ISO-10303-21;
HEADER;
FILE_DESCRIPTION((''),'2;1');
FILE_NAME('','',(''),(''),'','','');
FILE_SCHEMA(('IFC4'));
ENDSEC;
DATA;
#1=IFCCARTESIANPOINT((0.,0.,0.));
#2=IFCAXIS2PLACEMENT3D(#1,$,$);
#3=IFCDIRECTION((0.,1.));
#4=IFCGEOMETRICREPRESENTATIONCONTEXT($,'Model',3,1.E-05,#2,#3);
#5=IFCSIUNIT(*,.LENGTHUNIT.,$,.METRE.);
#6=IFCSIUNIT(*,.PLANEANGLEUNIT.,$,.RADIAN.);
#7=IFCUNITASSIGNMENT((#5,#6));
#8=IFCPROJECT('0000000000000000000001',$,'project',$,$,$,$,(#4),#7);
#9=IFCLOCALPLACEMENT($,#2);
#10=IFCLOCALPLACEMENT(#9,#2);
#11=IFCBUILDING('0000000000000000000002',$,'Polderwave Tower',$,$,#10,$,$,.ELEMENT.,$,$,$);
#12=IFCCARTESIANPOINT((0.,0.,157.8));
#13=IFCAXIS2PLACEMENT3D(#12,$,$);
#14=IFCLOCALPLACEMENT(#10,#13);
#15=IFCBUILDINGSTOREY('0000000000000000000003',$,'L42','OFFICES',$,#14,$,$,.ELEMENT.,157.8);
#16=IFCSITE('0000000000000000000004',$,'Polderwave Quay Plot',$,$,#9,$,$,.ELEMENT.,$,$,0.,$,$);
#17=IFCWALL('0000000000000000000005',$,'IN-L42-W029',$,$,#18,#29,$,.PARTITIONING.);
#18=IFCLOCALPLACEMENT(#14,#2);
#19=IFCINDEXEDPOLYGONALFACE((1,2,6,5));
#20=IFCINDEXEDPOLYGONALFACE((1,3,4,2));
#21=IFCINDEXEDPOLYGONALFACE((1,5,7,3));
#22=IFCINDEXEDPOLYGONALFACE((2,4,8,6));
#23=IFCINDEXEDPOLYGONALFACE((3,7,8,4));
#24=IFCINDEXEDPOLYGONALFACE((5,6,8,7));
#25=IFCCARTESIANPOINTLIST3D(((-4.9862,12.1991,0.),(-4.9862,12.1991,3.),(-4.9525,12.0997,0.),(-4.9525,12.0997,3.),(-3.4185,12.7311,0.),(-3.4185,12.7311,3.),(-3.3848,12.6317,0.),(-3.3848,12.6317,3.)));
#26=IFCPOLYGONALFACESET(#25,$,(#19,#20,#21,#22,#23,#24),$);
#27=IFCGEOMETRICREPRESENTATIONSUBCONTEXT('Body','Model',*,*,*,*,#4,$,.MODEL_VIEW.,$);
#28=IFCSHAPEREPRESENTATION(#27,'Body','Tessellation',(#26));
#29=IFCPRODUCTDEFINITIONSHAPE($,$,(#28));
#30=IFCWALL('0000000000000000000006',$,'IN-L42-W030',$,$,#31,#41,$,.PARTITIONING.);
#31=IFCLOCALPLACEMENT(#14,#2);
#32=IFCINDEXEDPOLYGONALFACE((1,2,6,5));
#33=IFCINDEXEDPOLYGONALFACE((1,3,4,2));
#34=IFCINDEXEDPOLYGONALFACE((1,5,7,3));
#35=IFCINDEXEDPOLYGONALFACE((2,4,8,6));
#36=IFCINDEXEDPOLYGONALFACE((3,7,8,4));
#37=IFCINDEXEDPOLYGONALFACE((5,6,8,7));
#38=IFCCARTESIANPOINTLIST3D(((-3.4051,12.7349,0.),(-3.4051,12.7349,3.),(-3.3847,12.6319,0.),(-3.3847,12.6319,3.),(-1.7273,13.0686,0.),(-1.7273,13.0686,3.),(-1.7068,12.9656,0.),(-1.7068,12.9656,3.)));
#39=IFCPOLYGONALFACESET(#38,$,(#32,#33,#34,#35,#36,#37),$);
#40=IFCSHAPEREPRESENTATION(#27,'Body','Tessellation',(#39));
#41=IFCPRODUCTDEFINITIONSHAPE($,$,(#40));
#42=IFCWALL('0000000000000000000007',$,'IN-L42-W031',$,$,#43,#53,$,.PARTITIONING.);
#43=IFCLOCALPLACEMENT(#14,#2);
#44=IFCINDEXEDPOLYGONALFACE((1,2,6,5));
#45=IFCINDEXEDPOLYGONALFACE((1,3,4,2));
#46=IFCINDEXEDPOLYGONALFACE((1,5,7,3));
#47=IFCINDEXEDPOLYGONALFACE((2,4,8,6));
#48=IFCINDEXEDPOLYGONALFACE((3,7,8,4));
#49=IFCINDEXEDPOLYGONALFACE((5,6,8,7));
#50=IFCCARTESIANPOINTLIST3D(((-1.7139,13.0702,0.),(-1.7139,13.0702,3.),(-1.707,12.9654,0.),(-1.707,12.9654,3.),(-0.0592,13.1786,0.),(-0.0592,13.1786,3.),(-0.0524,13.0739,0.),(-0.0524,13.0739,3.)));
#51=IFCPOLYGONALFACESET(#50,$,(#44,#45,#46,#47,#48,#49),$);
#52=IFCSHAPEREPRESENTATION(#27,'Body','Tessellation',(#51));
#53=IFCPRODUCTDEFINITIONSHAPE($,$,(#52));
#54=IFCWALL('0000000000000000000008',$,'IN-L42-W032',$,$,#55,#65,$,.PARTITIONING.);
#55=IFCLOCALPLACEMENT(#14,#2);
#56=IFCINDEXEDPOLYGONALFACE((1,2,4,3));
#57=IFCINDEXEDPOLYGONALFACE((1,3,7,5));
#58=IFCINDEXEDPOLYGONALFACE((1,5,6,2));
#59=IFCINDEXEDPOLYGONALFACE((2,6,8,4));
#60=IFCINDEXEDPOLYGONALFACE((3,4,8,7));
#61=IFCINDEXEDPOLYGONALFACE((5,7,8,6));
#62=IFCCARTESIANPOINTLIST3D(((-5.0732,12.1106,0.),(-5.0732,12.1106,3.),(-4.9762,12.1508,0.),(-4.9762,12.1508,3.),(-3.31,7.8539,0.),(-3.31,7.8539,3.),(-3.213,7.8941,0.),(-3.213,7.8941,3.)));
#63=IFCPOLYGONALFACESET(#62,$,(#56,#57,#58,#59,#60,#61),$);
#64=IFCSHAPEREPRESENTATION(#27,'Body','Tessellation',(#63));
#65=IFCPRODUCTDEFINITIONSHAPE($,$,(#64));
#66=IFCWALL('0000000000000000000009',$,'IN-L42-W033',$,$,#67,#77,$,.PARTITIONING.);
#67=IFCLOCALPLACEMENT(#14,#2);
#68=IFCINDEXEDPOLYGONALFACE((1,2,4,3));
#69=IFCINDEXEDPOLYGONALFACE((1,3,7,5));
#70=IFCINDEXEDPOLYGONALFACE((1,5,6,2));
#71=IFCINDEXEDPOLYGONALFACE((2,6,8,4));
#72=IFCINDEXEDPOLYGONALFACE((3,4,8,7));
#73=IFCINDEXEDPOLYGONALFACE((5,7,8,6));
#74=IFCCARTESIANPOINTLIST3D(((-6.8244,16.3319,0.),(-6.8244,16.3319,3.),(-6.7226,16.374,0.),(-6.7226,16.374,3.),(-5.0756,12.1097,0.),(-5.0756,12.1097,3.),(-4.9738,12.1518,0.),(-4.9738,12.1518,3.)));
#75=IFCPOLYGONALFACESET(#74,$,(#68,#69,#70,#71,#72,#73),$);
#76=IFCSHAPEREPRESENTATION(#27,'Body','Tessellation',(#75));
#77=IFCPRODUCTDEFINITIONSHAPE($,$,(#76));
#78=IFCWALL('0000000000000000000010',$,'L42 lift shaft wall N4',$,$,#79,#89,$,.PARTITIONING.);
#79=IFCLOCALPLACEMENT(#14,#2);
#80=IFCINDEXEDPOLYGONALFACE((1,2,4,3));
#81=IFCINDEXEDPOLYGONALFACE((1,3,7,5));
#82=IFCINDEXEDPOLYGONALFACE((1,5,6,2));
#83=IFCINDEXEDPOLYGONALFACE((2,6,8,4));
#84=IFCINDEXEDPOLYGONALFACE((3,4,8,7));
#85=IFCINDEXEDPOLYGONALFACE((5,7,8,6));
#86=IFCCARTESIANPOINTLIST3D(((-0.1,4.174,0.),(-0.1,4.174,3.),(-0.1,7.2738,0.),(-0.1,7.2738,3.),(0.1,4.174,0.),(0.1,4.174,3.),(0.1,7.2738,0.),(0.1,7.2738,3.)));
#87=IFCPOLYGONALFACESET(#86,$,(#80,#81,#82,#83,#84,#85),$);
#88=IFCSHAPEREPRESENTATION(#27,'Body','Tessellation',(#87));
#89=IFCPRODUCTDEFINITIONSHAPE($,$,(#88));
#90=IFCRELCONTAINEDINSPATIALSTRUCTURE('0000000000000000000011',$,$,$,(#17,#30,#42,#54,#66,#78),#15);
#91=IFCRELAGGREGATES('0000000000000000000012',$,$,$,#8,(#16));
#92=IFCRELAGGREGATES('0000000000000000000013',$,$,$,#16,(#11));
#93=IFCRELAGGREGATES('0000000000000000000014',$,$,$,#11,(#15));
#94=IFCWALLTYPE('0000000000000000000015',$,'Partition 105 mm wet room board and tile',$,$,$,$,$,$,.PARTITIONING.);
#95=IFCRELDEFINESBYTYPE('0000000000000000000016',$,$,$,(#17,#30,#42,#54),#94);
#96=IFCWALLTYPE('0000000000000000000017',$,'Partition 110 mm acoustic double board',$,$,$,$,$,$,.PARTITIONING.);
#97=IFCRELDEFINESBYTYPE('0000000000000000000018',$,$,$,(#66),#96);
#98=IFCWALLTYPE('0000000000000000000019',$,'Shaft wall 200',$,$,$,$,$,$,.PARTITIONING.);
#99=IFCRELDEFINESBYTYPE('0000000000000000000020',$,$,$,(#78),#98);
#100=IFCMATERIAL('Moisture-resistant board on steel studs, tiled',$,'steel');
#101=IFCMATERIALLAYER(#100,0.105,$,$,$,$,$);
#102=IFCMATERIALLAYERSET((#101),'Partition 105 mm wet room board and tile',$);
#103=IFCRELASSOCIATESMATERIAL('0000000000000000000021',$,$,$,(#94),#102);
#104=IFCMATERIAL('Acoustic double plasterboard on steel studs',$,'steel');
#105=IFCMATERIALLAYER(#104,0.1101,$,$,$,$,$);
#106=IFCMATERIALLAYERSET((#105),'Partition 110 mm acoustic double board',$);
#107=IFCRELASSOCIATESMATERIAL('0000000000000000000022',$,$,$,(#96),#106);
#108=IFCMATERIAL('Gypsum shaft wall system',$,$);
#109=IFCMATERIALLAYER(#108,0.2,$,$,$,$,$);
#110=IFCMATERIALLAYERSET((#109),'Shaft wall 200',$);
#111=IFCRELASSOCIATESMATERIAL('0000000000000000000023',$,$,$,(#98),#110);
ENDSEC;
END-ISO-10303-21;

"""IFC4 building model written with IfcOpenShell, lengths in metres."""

from ifc_helpers import new_model, si_unit, direction, frame, frame_2d, origin, place, context, subcontext, project, spatial, rectangle, extrude, material, layer, layer_set, type_object, element, save


model = new_model("IFC4")

# Units and contexts
model_context = context("Model", 3, precision=1e-05, world=origin(), true_north=direction((0.0, 1.0)))
body_context = subcontext(model_context, "Body", "Model", "MODEL_VIEW")
ifc_project = project(units=[si_unit("LENGTHUNIT", "METRE"), si_unit("PLANEANGLEUNIT", "RADIAN")], contexts=[model_context])

# Site, building, storey
site_placement = place(None, origin())
site = spatial("IfcSite", under=ifc_project, at=site_placement, Name="Polderwave Quay Plot", CompositionType="ELEMENT", RefElevation=0.0)
building_placement = place(site_placement, origin())
building = spatial("IfcBuilding", under=site, at=building_placement, Name="Polderwave Tower", CompositionType="ELEMENT")
storey_placement = place(building_placement, frame((0.0, 0.0, 157.8)))
storey = spatial("IfcBuildingStorey", under=building, at=storey_placement, Name="L42", Description="OFFICES", CompositionType="ELEMENT", Elevation=157.8)

# Walls
ifc_material_1 = material(Name="Moisture-resistant board on steel studs, tiled", Category="steel")
ifc_layer_1 = layer(ifc_material_1, 0.105)
ifc_layer_set_1 = layer_set([ifc_layer_1], Name="Partition 105 mm wet room board and tile")
wall_type_1 = type_object("IfcWallType", Name="Partition 105 mm wet room board and tile", PredefinedType="PARTITIONING", material=ifc_layer_set_1)
wall_1_placement = place(storey_placement, frame((-4.9692, 12.1494, 0.0), z_axis=(0.0, 0.0, 1.0), x_axis=(0.946959, 0.321355, 0.0)))
element("IfcWall", 1, at=wall_1_placement, inside=storey, type_object=wall_type_1, Name="IN-L42-W029", PredefinedType="PARTITIONING", context=body_context, shape_type="SweptSolid", body=[
    extrude(rectangle(XDim=1.6555, YDim=0.105, at=frame_2d((0.8276, 0.0))), origin(), (0.0, 0.0, 1.0), 3.0),
])
wall_2_placement = place(storey_placement, frame((-3.395, 12.6833, 0.0), z_axis=(0.0, 0.0, 1.0), x_axis=(0.980783, 0.195101, 0.0)))
element("IfcWall", 2, at=wall_2_placement, inside=storey, type_object=wall_type_1, Name="IN-L42-W030", PredefinedType="PARTITIONING", context=body_context, shape_type="SweptSolid", body=[
    extrude(rectangle(XDim=1.7107, YDim=0.105, at=frame_2d((0.8555, 0.0))), origin(), (0.0, 0.0, 1.0), 3.0),
])
wall_3_placement = place(storey_placement, frame((-1.7104, 13.0178, 0.0), z_axis=(0.0, 0.0, 1.0), x_axis=(0.997861, 0.065376, 0.0)))
element("IfcWall", 3, at=wall_3_placement, inside=storey, type_object=wall_type_1, Name="IN-L42-W031", PredefinedType="PARTITIONING", context=body_context, shape_type="SweptSolid", body=[
    extrude(rectangle(XDim=1.6582, YDim=0.105, at=frame_2d((0.8291, 0.0))), origin(), (0.0, 0.0, 1.0), 3.0),
])
wall_4_placement = place(storey_placement, frame((-3.2615, 7.874, 0.0), z_axis=(0.0, 0.0, 1.0), x_axis=(-0.382692, 0.923876, 0.0)))
element("IfcWall", 4, at=wall_4_placement, inside=storey, type_object=wall_type_1, Name="IN-L42-W032", PredefinedType="PARTITIONING", context=body_context, shape_type="SweptSolid", body=[
    extrude(rectangle(XDim=4.6074, YDim=0.105, at=frame_2d((2.3037, 0.0))), origin(), (0.0, 0.0, 1.0), 3.0),
])
ifc_material_2 = material(Name="Acoustic double plasterboard on steel studs", Category="steel")
ifc_layer_2 = layer(ifc_material_2, 0.1101)
ifc_layer_set_2 = layer_set([ifc_layer_2], Name="Partition 110 mm acoustic double board")
wall_type_2 = type_object("IfcWallType", Name="Partition 110 mm acoustic double board", PredefinedType="PARTITIONING", material=ifc_layer_set_2)
wall_5_placement = place(storey_placement, frame((-5.0247, 12.1306, 0.0), z_axis=(0.0, 0.0, 1.0), x_axis=(-0.382665, 0.923887, 0.0)))
element("IfcWall", 5, at=wall_5_placement, inside=storey, type_object=wall_type_2, Name="IN-L42-W033", PredefinedType="PARTITIONING", context=body_context, shape_type="SweptSolid", body=[
    extrude(rectangle(XDim=4.5701, YDim=0.1101, at=frame_2d((2.2852, 0.0))), origin(), (0.0, 0.0, 1.0), 3.0),
])
ifc_material_3 = material(Name="Gypsum shaft wall system")
ifc_layer_3 = layer(ifc_material_3, 0.2)
ifc_layer_set_3 = layer_set([ifc_layer_3], Name="Shaft wall 200")
wall_type_3 = type_object("IfcWallType", Name="Shaft wall 200", PredefinedType="PARTITIONING", material=ifc_layer_set_3)
wall_6_placement = place(storey_placement, frame((0.0, 4.1741, 0.0), z_axis=(0.0, 0.0, 1.0), x_axis=(0.0, 1.0, 0.0)))
element("IfcWall", 6, at=wall_6_placement, inside=storey, type_object=wall_type_3, Name="L42 lift shaft wall N4", PredefinedType="PARTITIONING", context=body_context, shape_type="SweptSolid", body=[
    extrude(rectangle(XDim=3.0999, YDim=0.2, at=frame_2d((1.5498, 0.0))), origin(), (0.0, 0.0, 1.0), 3.0),
])

save(model, "model.ifc")
